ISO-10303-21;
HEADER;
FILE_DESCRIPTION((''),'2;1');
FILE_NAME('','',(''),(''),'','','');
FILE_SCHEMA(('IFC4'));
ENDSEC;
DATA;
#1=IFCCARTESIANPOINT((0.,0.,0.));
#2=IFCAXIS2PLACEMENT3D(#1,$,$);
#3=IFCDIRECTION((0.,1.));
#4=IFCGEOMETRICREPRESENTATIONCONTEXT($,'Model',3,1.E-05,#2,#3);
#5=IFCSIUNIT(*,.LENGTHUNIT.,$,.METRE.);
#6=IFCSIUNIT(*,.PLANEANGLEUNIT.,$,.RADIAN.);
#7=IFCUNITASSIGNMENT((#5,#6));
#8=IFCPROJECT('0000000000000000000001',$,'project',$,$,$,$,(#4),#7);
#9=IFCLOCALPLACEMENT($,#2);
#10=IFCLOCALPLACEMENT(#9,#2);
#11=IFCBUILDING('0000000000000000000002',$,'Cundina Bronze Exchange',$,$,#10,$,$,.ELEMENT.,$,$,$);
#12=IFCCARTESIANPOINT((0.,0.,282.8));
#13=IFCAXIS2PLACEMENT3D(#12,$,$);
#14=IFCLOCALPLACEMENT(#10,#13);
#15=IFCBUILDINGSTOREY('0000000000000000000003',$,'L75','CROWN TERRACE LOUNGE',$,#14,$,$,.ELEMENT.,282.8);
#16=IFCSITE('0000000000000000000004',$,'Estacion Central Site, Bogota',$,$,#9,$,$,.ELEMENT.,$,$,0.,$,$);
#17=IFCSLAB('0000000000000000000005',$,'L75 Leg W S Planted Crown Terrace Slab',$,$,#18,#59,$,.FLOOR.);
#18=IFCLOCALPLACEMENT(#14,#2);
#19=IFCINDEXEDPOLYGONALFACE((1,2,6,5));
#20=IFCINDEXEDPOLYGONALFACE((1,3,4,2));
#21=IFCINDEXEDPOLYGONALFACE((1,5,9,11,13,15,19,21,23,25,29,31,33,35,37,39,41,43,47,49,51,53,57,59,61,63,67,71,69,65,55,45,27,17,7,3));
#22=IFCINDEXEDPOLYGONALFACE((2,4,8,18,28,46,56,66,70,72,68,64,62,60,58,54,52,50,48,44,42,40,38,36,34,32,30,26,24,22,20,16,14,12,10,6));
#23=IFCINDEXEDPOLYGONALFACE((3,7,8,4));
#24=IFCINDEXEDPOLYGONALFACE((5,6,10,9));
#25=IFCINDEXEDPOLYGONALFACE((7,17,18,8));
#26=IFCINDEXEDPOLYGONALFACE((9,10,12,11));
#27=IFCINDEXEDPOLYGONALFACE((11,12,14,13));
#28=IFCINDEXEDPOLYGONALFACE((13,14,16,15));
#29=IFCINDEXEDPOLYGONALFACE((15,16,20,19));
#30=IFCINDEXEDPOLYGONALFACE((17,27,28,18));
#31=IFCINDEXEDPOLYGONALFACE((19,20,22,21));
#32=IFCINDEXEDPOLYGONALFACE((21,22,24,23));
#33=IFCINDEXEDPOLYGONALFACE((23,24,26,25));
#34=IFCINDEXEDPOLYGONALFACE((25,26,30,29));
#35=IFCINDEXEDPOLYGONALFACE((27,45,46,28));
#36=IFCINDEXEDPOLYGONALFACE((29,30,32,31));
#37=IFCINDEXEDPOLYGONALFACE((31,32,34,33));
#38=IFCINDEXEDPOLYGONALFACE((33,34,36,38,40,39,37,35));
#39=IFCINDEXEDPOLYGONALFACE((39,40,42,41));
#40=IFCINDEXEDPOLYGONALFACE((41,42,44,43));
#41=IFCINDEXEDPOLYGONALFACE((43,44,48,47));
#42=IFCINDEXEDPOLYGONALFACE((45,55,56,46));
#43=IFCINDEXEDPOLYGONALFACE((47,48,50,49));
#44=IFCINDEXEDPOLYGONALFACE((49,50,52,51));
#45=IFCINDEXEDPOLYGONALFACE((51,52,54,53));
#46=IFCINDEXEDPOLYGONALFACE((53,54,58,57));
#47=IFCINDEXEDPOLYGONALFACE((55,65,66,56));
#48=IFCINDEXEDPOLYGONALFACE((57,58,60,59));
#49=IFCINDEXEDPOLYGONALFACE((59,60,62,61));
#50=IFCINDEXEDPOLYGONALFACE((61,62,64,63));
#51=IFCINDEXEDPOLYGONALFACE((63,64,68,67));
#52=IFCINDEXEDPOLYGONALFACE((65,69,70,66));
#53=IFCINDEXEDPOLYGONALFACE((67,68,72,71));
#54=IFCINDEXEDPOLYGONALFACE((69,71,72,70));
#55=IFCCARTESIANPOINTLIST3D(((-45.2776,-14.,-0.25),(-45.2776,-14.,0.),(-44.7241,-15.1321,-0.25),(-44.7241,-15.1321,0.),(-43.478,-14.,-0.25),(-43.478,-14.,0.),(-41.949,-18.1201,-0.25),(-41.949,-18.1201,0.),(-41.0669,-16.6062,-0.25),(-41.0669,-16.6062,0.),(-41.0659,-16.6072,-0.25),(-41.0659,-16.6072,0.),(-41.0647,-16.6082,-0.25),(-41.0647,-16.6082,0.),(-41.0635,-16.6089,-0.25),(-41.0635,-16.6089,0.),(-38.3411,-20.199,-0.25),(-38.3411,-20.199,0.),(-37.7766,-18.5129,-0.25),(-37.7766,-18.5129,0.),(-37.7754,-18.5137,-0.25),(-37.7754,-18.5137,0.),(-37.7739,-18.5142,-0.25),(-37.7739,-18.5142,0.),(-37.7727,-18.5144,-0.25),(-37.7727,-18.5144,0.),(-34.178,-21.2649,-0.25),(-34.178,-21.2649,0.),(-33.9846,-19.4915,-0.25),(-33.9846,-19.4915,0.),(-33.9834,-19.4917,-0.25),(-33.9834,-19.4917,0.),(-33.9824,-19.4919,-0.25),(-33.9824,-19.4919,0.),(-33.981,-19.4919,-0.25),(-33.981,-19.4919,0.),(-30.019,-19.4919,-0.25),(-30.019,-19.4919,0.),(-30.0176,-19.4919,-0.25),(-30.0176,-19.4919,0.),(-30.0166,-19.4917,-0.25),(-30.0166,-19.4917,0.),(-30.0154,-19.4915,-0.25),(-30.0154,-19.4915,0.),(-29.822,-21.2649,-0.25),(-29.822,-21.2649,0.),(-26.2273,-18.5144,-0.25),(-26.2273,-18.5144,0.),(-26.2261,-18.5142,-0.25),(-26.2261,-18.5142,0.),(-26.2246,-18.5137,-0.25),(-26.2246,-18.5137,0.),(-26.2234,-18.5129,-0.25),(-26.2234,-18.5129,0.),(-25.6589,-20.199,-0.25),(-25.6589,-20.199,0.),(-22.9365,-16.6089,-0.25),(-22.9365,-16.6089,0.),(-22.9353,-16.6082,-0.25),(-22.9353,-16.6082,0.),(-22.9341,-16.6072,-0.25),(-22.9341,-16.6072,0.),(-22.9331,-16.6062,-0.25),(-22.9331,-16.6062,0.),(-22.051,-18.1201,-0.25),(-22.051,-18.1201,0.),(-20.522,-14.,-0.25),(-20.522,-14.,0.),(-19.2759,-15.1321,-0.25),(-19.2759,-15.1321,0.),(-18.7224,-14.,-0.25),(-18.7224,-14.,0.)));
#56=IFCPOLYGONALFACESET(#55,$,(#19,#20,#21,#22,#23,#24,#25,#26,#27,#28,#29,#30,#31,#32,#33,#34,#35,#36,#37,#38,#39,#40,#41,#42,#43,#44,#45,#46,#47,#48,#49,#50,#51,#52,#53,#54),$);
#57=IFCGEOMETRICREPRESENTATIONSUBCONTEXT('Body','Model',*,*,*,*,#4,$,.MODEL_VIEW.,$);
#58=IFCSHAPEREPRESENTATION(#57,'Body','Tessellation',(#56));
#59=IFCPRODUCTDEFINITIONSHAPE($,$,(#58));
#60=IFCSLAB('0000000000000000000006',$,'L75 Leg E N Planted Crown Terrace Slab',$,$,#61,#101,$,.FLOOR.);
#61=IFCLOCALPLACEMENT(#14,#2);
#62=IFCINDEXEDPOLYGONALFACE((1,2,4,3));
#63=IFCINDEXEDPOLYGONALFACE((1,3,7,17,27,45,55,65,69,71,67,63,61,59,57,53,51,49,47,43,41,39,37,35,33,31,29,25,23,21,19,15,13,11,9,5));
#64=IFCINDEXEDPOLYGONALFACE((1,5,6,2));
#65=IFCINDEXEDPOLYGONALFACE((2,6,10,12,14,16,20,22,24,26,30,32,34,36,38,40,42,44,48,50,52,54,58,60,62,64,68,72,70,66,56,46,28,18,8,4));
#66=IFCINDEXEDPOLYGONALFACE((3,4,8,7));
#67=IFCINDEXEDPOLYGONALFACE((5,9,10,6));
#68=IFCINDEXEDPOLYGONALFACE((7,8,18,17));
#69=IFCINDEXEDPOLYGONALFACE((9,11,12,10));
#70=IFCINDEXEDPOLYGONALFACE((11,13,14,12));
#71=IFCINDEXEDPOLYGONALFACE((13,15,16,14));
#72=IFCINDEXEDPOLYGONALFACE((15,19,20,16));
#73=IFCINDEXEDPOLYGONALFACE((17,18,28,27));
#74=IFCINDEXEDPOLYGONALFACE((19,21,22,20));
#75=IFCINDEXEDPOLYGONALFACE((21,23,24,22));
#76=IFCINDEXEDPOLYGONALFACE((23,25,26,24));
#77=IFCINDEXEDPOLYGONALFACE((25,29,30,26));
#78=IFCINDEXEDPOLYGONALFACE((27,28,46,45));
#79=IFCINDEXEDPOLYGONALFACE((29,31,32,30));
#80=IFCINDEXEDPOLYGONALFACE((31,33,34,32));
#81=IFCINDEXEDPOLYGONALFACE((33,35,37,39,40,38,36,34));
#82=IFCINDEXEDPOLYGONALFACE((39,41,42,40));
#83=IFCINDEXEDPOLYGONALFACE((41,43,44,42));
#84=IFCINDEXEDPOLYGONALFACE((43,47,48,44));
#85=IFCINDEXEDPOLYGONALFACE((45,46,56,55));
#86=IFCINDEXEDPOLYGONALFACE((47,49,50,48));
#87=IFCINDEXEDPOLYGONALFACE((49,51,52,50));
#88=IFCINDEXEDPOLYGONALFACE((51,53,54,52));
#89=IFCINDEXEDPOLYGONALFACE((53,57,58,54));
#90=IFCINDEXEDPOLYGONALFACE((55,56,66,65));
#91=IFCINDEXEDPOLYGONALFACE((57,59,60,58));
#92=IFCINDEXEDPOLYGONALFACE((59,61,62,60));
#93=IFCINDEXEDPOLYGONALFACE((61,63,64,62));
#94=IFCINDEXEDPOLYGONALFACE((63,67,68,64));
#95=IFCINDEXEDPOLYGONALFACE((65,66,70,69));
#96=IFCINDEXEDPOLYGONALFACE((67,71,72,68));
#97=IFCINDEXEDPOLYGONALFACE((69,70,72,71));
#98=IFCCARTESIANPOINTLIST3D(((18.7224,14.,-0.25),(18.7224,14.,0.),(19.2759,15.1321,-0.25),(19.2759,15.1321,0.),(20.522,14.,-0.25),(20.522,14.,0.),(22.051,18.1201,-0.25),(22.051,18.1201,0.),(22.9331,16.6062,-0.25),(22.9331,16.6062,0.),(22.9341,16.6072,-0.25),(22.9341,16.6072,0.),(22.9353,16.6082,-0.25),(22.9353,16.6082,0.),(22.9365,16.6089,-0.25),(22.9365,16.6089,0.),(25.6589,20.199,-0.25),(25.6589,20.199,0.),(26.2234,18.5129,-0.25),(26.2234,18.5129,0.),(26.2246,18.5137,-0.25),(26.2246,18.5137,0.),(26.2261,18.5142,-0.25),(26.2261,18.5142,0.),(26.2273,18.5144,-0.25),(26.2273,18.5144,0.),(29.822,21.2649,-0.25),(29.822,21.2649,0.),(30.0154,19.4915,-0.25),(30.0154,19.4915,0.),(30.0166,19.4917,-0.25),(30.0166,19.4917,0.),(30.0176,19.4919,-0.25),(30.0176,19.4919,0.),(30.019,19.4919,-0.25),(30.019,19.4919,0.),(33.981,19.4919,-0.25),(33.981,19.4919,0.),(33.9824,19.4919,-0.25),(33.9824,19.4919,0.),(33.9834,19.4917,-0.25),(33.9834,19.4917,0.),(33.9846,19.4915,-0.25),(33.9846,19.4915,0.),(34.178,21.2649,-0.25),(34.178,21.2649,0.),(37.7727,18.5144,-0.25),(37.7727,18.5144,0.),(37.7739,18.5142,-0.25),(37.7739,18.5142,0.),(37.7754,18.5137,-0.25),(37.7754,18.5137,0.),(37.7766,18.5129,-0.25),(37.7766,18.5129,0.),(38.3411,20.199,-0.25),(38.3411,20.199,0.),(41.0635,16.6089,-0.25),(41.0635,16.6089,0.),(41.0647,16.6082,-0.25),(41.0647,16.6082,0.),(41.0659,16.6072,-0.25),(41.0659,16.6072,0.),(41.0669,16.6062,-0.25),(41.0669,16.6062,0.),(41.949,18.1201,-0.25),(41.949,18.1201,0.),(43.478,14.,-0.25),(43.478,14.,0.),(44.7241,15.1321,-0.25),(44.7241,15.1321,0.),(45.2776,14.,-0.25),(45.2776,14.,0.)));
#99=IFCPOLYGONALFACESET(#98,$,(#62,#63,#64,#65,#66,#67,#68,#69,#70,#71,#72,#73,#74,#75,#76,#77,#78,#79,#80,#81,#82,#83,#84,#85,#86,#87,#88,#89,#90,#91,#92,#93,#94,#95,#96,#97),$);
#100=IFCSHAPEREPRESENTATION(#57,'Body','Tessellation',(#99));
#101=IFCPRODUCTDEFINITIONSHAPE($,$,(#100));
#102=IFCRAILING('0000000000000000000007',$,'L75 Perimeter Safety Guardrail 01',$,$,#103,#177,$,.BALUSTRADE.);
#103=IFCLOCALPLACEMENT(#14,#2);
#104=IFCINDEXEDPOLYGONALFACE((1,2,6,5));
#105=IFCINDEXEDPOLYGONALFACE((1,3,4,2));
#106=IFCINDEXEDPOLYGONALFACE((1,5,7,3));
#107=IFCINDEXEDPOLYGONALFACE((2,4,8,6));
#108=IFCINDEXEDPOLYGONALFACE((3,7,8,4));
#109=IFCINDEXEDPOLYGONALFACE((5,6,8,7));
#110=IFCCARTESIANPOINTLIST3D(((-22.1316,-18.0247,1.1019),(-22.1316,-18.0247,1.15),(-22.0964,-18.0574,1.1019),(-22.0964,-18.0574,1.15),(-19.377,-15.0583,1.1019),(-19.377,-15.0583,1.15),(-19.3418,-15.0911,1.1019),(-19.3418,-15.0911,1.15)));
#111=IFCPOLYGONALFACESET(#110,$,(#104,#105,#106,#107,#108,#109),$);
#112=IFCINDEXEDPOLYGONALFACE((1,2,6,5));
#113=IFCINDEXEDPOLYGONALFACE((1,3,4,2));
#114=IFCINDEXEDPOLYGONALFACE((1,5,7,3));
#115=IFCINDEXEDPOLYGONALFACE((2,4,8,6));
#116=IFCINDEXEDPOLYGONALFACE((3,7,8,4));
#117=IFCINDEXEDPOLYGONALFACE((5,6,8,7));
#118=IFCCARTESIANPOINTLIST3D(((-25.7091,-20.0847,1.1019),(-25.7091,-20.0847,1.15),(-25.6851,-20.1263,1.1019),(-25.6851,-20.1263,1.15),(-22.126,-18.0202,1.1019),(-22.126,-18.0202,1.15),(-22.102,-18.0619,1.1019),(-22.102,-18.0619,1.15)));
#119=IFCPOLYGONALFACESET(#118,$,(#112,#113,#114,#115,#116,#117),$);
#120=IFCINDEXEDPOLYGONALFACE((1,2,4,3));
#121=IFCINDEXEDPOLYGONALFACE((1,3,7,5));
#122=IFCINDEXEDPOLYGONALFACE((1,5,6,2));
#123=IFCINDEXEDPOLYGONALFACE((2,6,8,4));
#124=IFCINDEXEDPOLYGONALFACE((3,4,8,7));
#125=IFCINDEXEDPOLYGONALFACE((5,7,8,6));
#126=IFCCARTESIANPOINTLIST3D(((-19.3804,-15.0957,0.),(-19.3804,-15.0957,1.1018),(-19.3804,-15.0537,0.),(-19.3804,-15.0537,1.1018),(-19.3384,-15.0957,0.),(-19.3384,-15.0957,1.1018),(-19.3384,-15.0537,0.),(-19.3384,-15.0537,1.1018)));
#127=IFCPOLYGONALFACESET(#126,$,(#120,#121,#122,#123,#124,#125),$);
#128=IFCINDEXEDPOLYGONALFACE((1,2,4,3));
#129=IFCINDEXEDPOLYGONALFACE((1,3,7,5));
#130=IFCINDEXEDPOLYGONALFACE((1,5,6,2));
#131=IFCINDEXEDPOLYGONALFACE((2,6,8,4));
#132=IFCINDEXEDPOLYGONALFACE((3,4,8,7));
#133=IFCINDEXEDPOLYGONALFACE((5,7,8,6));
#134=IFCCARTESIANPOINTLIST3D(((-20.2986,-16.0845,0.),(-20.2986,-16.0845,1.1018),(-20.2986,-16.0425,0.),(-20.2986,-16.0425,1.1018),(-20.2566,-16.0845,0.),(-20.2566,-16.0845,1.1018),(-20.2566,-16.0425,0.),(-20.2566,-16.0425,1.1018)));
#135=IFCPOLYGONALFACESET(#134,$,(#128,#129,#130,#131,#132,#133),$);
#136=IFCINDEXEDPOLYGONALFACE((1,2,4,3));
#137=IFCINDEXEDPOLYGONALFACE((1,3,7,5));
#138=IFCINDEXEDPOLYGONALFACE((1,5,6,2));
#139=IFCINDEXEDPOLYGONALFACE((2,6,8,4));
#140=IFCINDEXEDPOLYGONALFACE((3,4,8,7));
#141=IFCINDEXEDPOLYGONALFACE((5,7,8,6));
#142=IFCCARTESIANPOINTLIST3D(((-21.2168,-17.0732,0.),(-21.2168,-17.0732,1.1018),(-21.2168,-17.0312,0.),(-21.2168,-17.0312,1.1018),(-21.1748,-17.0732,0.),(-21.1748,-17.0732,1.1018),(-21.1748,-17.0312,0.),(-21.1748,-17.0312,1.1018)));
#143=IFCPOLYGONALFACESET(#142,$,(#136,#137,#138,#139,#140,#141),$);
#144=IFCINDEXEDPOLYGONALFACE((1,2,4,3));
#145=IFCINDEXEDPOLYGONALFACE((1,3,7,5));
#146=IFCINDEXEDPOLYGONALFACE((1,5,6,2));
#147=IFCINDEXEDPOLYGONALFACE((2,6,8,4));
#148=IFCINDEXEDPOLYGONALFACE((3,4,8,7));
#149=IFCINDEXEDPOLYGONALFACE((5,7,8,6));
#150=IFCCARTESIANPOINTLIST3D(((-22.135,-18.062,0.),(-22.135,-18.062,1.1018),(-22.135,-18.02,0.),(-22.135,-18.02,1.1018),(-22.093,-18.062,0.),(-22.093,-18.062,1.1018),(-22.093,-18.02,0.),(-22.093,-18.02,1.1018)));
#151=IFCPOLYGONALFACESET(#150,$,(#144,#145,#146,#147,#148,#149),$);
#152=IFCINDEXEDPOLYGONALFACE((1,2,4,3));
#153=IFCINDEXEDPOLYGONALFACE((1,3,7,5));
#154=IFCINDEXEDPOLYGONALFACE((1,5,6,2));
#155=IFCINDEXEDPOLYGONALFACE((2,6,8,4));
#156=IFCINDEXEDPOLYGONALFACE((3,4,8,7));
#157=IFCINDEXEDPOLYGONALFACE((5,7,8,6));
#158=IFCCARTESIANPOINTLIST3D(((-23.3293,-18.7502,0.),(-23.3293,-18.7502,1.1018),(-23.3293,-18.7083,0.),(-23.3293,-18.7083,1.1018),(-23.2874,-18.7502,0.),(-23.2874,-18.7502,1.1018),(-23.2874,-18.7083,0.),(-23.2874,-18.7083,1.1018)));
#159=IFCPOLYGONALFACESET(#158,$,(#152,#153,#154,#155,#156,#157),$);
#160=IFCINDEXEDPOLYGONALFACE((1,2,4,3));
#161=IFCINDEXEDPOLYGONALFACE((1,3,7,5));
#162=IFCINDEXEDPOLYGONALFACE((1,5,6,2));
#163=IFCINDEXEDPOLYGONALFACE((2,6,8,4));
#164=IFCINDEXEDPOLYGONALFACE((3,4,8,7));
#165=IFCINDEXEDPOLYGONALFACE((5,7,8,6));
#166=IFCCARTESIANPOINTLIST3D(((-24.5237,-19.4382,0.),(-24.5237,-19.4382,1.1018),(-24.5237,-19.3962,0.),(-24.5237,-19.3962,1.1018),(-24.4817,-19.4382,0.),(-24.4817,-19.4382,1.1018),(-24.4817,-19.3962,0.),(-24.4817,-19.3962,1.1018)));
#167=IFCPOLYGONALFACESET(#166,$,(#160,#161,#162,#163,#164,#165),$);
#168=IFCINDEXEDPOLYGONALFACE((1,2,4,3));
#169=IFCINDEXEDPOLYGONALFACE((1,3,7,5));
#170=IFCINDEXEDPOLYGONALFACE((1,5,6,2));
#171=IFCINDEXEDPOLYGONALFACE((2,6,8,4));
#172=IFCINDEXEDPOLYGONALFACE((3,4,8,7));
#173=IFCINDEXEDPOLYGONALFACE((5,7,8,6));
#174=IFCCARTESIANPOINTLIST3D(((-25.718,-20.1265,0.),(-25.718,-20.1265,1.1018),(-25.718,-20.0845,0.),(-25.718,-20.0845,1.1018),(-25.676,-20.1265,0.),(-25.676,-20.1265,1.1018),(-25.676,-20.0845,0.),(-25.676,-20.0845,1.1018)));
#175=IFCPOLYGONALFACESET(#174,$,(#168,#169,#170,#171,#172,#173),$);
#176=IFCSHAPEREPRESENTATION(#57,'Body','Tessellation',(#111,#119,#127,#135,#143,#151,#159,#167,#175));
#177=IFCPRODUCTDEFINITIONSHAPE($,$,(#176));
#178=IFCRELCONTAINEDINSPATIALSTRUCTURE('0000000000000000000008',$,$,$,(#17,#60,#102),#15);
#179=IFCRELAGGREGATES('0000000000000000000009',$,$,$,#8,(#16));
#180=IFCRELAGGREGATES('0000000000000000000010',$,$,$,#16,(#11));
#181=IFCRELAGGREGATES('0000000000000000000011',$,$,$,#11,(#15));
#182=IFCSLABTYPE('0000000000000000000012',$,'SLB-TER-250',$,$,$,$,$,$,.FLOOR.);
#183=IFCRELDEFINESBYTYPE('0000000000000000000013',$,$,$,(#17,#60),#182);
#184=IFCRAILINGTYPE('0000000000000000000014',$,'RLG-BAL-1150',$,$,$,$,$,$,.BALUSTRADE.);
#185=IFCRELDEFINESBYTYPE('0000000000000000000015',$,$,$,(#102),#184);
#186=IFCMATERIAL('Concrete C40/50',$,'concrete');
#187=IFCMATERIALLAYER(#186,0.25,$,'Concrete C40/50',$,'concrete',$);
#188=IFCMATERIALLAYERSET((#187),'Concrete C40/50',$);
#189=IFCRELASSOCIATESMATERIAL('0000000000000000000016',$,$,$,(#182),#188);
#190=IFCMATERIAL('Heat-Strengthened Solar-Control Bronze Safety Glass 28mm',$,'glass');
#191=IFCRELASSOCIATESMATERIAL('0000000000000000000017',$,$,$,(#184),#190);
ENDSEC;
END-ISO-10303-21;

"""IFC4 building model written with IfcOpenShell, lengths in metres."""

from ifc_helpers import new_model, si_unit, direction, frame, origin, origin_2d, place, context, subcontext, project, spatial, polyline, rectangle, outline, extrude, material, layer, layer_set, type_object, element, save


model = new_model("IFC4")

# Units and contexts
model_context = context("Model", 3, precision=1e-05, world=origin(), true_north=direction((0.0, 1.0)))
body_context = subcontext(model_context, "Body", "Model", "MODEL_VIEW")
ifc_project = project(units=[si_unit("LENGTHUNIT", "METRE"), si_unit("PLANEANGLEUNIT", "RADIAN")], contexts=[model_context])

# Site, building, storey
site_placement = place(None, origin())
site = spatial("IfcSite", under=ifc_project, at=site_placement, Name="Estacion Central Site, Bogota", CompositionType="ELEMENT", RefElevation=0.0)
building_placement = place(site_placement, origin())
building = spatial("IfcBuilding", under=site, at=building_placement, Name="Cundina Bronze Exchange", CompositionType="ELEMENT")
storey_placement = place(building_placement, frame((0.0, 0.0, 282.8)))
storey = spatial("IfcBuildingStorey", under=building, at=storey_placement, Name="L75", Description="CROWN TERRACE LOUNGE", CompositionType="ELEMENT", Elevation=282.8)

# Slabs
ifc_material_1 = material(Name="Concrete C40/50", Category="concrete")
ifc_layer_1 = layer(ifc_material_1, 0.25, Name="Concrete C40/50", Category="concrete")
ifc_layer_set_1 = layer_set([ifc_layer_1], Name="Concrete C40/50")
slab_type_1 = type_object("IfcSlabType", Name="SLB-TER-250", PredefinedType="FLOOR", material=ifc_layer_set_1)
slab_1_placement = place(storey_placement, frame((0.0, 0.0, -0.25)))
element("IfcSlab", 1, at=slab_1_placement, inside=storey, type_object=slab_type_1, Name="L75 Leg W S Planted Crown Terrace Slab", PredefinedType="FLOOR", context=body_context, shape_type="SweptSolid", body=[
    extrude(outline(polyline([(-19.2759, -15.1321), (-22.051, -18.1201), (-25.6589, -20.199), (-29.822, -21.2649), (-34.178, -21.2649), (-38.3411, -20.199), (-41.949, -18.1201), (-44.7241, -15.1321), (-45.2776, -14.0), (-43.478, -14.0), (-41.0669, -16.6062), (-41.0659, -16.6072), (-41.0647, -16.6082), (-41.0635, -16.6089), (-37.7766, -18.5129), (-37.7754, -18.5137), (-37.7739, -18.5142), (-37.7727, -18.5144), (-33.9846, -19.4915), (-33.9834, -19.4917), (-33.9824, -19.4919), (-33.981, -19.4919), (-30.019, -19.4919), (-30.0176, -19.4919), (-30.0166, -19.4917), (-30.0154, -19.4915), (-26.2273, -18.5144), (-26.2261, -18.5142), (-26.2246, -18.5137), (-26.2234, -18.5129), (-22.9365, -16.6089), (-22.9353, -16.6082), (-22.9341, -16.6072), (-22.9331, -16.6062), (-20.522, -14.0), (-18.7224, -14.0), (-19.2759, -15.1321)])), origin(), (0.0, 0.0, 1.0), 0.25),
])
slab_2_placement = place(storey_placement, frame((0.0, 0.0, -0.25)))
element("IfcSlab", 2, at=slab_2_placement, inside=storey, type_object=slab_type_1, Name="L75 Leg E N Planted Crown Terrace Slab", PredefinedType="FLOOR", context=body_context, shape_type="SweptSolid", body=[
    extrude(outline(polyline([(19.2759, 15.1321), (22.051, 18.1201), (25.6589, 20.199), (29.822, 21.2649), (34.178, 21.2649), (38.3411, 20.199), (41.949, 18.1201), (44.7241, 15.1321), (45.2776, 14.0), (43.478, 14.0), (41.0669, 16.6062), (41.0659, 16.6072), (41.0647, 16.6082), (41.0635, 16.6089), (37.7766, 18.5129), (37.7754, 18.5137), (37.7739, 18.5142), (37.7727, 18.5144), (33.9846, 19.4915), (33.9834, 19.4917), (33.9824, 19.4919), (33.981, 19.4919), (30.019, 19.4919), (30.0176, 19.4919), (30.0166, 19.4917), (30.0154, 19.4915), (26.2273, 18.5144), (26.2261, 18.5142), (26.2246, 18.5137), (26.2234, 18.5129), (22.9365, 16.6089), (22.9353, 16.6082), (22.9341, 16.6072), (22.9331, 16.6062), (20.522, 14.0), (18.7224, 14.0), (19.2759, 15.1321)])), origin(), (0.0, 0.0, 1.0), 0.25),
])

# Railing
ifc_material_2 = material(Name="Heat-Strengthened Solar-Control Bronze Safety Glass 28mm", Category="glass")
railing_type = type_object("IfcRailingType", Name="RLG-BAL-1150", PredefinedType="BALUSTRADE", material=ifc_material_2)
railing_1_placement = place(storey_placement, frame((-19.3594, -15.0747, 0.0)))
element("IfcRailing", 3, at=railing_1_placement, inside=storey, type_object=railing_type, Name="L75 Perimeter Safety Guardrail 01", PredefinedType="BALUSTRADE", context=body_context, shape_type="SweptSolid", body=[
    extrude(rectangle(XDim=0.0481, YDim=0.0481, at=origin_2d()), frame((0.0, 0.0, 1.126), z_axis=(-0.680479, -0.732768, 0.0), x_axis=(0.732768, -0.680479, 0.0)), (0.0, 0.0, 1.0), 4.0481),
    extrude(rectangle(XDim=0.0481, YDim=0.0481, at=origin_2d()), frame((-2.7546, -2.9663, 1.126), z_axis=(-0.866465, -0.499239, 0.0), x_axis=(0.499239, -0.866465, 0.0)), (0.0, 0.0, 1.0), 4.1353),
    extrude(rectangle(XDim=0.042, YDim=0.042, at=origin_2d()), origin(), (0.0, 0.0, 1.0), 1.1018),
    extrude(rectangle(XDim=0.042, YDim=0.042, at=origin_2d()), frame((-0.9182, -0.9888, 0.0)), (0.0, 0.0, 1.0), 1.1018),
    extrude(rectangle(XDim=0.042, YDim=0.042, at=origin_2d()), frame((-1.8364, -1.9775, 0.0)), (0.0, 0.0, 1.0), 1.1018),
    extrude(rectangle(XDim=0.042, YDim=0.042, at=origin_2d()), frame((-2.7546, -2.9663, 0.0)), (0.0, 0.0, 1.0), 1.1018),
    extrude(rectangle(XDim=0.042, YDim=0.042, at=origin_2d()), frame((-3.949, -3.6545, 0.0)), (0.0, 0.0, 1.0), 1.1018),
    extrude(rectangle(XDim=0.042, YDim=0.042, at=origin_2d()), frame((-5.1433, -4.3425, 0.0)), (0.0, 0.0, 1.0), 1.1018),
    extrude(rectangle(XDim=0.042, YDim=0.042, at=origin_2d()), frame((-6.3376, -5.0308, 0.0)), (0.0, 0.0, 1.0), 1.1018),
])

save(model, "model.ifc")
